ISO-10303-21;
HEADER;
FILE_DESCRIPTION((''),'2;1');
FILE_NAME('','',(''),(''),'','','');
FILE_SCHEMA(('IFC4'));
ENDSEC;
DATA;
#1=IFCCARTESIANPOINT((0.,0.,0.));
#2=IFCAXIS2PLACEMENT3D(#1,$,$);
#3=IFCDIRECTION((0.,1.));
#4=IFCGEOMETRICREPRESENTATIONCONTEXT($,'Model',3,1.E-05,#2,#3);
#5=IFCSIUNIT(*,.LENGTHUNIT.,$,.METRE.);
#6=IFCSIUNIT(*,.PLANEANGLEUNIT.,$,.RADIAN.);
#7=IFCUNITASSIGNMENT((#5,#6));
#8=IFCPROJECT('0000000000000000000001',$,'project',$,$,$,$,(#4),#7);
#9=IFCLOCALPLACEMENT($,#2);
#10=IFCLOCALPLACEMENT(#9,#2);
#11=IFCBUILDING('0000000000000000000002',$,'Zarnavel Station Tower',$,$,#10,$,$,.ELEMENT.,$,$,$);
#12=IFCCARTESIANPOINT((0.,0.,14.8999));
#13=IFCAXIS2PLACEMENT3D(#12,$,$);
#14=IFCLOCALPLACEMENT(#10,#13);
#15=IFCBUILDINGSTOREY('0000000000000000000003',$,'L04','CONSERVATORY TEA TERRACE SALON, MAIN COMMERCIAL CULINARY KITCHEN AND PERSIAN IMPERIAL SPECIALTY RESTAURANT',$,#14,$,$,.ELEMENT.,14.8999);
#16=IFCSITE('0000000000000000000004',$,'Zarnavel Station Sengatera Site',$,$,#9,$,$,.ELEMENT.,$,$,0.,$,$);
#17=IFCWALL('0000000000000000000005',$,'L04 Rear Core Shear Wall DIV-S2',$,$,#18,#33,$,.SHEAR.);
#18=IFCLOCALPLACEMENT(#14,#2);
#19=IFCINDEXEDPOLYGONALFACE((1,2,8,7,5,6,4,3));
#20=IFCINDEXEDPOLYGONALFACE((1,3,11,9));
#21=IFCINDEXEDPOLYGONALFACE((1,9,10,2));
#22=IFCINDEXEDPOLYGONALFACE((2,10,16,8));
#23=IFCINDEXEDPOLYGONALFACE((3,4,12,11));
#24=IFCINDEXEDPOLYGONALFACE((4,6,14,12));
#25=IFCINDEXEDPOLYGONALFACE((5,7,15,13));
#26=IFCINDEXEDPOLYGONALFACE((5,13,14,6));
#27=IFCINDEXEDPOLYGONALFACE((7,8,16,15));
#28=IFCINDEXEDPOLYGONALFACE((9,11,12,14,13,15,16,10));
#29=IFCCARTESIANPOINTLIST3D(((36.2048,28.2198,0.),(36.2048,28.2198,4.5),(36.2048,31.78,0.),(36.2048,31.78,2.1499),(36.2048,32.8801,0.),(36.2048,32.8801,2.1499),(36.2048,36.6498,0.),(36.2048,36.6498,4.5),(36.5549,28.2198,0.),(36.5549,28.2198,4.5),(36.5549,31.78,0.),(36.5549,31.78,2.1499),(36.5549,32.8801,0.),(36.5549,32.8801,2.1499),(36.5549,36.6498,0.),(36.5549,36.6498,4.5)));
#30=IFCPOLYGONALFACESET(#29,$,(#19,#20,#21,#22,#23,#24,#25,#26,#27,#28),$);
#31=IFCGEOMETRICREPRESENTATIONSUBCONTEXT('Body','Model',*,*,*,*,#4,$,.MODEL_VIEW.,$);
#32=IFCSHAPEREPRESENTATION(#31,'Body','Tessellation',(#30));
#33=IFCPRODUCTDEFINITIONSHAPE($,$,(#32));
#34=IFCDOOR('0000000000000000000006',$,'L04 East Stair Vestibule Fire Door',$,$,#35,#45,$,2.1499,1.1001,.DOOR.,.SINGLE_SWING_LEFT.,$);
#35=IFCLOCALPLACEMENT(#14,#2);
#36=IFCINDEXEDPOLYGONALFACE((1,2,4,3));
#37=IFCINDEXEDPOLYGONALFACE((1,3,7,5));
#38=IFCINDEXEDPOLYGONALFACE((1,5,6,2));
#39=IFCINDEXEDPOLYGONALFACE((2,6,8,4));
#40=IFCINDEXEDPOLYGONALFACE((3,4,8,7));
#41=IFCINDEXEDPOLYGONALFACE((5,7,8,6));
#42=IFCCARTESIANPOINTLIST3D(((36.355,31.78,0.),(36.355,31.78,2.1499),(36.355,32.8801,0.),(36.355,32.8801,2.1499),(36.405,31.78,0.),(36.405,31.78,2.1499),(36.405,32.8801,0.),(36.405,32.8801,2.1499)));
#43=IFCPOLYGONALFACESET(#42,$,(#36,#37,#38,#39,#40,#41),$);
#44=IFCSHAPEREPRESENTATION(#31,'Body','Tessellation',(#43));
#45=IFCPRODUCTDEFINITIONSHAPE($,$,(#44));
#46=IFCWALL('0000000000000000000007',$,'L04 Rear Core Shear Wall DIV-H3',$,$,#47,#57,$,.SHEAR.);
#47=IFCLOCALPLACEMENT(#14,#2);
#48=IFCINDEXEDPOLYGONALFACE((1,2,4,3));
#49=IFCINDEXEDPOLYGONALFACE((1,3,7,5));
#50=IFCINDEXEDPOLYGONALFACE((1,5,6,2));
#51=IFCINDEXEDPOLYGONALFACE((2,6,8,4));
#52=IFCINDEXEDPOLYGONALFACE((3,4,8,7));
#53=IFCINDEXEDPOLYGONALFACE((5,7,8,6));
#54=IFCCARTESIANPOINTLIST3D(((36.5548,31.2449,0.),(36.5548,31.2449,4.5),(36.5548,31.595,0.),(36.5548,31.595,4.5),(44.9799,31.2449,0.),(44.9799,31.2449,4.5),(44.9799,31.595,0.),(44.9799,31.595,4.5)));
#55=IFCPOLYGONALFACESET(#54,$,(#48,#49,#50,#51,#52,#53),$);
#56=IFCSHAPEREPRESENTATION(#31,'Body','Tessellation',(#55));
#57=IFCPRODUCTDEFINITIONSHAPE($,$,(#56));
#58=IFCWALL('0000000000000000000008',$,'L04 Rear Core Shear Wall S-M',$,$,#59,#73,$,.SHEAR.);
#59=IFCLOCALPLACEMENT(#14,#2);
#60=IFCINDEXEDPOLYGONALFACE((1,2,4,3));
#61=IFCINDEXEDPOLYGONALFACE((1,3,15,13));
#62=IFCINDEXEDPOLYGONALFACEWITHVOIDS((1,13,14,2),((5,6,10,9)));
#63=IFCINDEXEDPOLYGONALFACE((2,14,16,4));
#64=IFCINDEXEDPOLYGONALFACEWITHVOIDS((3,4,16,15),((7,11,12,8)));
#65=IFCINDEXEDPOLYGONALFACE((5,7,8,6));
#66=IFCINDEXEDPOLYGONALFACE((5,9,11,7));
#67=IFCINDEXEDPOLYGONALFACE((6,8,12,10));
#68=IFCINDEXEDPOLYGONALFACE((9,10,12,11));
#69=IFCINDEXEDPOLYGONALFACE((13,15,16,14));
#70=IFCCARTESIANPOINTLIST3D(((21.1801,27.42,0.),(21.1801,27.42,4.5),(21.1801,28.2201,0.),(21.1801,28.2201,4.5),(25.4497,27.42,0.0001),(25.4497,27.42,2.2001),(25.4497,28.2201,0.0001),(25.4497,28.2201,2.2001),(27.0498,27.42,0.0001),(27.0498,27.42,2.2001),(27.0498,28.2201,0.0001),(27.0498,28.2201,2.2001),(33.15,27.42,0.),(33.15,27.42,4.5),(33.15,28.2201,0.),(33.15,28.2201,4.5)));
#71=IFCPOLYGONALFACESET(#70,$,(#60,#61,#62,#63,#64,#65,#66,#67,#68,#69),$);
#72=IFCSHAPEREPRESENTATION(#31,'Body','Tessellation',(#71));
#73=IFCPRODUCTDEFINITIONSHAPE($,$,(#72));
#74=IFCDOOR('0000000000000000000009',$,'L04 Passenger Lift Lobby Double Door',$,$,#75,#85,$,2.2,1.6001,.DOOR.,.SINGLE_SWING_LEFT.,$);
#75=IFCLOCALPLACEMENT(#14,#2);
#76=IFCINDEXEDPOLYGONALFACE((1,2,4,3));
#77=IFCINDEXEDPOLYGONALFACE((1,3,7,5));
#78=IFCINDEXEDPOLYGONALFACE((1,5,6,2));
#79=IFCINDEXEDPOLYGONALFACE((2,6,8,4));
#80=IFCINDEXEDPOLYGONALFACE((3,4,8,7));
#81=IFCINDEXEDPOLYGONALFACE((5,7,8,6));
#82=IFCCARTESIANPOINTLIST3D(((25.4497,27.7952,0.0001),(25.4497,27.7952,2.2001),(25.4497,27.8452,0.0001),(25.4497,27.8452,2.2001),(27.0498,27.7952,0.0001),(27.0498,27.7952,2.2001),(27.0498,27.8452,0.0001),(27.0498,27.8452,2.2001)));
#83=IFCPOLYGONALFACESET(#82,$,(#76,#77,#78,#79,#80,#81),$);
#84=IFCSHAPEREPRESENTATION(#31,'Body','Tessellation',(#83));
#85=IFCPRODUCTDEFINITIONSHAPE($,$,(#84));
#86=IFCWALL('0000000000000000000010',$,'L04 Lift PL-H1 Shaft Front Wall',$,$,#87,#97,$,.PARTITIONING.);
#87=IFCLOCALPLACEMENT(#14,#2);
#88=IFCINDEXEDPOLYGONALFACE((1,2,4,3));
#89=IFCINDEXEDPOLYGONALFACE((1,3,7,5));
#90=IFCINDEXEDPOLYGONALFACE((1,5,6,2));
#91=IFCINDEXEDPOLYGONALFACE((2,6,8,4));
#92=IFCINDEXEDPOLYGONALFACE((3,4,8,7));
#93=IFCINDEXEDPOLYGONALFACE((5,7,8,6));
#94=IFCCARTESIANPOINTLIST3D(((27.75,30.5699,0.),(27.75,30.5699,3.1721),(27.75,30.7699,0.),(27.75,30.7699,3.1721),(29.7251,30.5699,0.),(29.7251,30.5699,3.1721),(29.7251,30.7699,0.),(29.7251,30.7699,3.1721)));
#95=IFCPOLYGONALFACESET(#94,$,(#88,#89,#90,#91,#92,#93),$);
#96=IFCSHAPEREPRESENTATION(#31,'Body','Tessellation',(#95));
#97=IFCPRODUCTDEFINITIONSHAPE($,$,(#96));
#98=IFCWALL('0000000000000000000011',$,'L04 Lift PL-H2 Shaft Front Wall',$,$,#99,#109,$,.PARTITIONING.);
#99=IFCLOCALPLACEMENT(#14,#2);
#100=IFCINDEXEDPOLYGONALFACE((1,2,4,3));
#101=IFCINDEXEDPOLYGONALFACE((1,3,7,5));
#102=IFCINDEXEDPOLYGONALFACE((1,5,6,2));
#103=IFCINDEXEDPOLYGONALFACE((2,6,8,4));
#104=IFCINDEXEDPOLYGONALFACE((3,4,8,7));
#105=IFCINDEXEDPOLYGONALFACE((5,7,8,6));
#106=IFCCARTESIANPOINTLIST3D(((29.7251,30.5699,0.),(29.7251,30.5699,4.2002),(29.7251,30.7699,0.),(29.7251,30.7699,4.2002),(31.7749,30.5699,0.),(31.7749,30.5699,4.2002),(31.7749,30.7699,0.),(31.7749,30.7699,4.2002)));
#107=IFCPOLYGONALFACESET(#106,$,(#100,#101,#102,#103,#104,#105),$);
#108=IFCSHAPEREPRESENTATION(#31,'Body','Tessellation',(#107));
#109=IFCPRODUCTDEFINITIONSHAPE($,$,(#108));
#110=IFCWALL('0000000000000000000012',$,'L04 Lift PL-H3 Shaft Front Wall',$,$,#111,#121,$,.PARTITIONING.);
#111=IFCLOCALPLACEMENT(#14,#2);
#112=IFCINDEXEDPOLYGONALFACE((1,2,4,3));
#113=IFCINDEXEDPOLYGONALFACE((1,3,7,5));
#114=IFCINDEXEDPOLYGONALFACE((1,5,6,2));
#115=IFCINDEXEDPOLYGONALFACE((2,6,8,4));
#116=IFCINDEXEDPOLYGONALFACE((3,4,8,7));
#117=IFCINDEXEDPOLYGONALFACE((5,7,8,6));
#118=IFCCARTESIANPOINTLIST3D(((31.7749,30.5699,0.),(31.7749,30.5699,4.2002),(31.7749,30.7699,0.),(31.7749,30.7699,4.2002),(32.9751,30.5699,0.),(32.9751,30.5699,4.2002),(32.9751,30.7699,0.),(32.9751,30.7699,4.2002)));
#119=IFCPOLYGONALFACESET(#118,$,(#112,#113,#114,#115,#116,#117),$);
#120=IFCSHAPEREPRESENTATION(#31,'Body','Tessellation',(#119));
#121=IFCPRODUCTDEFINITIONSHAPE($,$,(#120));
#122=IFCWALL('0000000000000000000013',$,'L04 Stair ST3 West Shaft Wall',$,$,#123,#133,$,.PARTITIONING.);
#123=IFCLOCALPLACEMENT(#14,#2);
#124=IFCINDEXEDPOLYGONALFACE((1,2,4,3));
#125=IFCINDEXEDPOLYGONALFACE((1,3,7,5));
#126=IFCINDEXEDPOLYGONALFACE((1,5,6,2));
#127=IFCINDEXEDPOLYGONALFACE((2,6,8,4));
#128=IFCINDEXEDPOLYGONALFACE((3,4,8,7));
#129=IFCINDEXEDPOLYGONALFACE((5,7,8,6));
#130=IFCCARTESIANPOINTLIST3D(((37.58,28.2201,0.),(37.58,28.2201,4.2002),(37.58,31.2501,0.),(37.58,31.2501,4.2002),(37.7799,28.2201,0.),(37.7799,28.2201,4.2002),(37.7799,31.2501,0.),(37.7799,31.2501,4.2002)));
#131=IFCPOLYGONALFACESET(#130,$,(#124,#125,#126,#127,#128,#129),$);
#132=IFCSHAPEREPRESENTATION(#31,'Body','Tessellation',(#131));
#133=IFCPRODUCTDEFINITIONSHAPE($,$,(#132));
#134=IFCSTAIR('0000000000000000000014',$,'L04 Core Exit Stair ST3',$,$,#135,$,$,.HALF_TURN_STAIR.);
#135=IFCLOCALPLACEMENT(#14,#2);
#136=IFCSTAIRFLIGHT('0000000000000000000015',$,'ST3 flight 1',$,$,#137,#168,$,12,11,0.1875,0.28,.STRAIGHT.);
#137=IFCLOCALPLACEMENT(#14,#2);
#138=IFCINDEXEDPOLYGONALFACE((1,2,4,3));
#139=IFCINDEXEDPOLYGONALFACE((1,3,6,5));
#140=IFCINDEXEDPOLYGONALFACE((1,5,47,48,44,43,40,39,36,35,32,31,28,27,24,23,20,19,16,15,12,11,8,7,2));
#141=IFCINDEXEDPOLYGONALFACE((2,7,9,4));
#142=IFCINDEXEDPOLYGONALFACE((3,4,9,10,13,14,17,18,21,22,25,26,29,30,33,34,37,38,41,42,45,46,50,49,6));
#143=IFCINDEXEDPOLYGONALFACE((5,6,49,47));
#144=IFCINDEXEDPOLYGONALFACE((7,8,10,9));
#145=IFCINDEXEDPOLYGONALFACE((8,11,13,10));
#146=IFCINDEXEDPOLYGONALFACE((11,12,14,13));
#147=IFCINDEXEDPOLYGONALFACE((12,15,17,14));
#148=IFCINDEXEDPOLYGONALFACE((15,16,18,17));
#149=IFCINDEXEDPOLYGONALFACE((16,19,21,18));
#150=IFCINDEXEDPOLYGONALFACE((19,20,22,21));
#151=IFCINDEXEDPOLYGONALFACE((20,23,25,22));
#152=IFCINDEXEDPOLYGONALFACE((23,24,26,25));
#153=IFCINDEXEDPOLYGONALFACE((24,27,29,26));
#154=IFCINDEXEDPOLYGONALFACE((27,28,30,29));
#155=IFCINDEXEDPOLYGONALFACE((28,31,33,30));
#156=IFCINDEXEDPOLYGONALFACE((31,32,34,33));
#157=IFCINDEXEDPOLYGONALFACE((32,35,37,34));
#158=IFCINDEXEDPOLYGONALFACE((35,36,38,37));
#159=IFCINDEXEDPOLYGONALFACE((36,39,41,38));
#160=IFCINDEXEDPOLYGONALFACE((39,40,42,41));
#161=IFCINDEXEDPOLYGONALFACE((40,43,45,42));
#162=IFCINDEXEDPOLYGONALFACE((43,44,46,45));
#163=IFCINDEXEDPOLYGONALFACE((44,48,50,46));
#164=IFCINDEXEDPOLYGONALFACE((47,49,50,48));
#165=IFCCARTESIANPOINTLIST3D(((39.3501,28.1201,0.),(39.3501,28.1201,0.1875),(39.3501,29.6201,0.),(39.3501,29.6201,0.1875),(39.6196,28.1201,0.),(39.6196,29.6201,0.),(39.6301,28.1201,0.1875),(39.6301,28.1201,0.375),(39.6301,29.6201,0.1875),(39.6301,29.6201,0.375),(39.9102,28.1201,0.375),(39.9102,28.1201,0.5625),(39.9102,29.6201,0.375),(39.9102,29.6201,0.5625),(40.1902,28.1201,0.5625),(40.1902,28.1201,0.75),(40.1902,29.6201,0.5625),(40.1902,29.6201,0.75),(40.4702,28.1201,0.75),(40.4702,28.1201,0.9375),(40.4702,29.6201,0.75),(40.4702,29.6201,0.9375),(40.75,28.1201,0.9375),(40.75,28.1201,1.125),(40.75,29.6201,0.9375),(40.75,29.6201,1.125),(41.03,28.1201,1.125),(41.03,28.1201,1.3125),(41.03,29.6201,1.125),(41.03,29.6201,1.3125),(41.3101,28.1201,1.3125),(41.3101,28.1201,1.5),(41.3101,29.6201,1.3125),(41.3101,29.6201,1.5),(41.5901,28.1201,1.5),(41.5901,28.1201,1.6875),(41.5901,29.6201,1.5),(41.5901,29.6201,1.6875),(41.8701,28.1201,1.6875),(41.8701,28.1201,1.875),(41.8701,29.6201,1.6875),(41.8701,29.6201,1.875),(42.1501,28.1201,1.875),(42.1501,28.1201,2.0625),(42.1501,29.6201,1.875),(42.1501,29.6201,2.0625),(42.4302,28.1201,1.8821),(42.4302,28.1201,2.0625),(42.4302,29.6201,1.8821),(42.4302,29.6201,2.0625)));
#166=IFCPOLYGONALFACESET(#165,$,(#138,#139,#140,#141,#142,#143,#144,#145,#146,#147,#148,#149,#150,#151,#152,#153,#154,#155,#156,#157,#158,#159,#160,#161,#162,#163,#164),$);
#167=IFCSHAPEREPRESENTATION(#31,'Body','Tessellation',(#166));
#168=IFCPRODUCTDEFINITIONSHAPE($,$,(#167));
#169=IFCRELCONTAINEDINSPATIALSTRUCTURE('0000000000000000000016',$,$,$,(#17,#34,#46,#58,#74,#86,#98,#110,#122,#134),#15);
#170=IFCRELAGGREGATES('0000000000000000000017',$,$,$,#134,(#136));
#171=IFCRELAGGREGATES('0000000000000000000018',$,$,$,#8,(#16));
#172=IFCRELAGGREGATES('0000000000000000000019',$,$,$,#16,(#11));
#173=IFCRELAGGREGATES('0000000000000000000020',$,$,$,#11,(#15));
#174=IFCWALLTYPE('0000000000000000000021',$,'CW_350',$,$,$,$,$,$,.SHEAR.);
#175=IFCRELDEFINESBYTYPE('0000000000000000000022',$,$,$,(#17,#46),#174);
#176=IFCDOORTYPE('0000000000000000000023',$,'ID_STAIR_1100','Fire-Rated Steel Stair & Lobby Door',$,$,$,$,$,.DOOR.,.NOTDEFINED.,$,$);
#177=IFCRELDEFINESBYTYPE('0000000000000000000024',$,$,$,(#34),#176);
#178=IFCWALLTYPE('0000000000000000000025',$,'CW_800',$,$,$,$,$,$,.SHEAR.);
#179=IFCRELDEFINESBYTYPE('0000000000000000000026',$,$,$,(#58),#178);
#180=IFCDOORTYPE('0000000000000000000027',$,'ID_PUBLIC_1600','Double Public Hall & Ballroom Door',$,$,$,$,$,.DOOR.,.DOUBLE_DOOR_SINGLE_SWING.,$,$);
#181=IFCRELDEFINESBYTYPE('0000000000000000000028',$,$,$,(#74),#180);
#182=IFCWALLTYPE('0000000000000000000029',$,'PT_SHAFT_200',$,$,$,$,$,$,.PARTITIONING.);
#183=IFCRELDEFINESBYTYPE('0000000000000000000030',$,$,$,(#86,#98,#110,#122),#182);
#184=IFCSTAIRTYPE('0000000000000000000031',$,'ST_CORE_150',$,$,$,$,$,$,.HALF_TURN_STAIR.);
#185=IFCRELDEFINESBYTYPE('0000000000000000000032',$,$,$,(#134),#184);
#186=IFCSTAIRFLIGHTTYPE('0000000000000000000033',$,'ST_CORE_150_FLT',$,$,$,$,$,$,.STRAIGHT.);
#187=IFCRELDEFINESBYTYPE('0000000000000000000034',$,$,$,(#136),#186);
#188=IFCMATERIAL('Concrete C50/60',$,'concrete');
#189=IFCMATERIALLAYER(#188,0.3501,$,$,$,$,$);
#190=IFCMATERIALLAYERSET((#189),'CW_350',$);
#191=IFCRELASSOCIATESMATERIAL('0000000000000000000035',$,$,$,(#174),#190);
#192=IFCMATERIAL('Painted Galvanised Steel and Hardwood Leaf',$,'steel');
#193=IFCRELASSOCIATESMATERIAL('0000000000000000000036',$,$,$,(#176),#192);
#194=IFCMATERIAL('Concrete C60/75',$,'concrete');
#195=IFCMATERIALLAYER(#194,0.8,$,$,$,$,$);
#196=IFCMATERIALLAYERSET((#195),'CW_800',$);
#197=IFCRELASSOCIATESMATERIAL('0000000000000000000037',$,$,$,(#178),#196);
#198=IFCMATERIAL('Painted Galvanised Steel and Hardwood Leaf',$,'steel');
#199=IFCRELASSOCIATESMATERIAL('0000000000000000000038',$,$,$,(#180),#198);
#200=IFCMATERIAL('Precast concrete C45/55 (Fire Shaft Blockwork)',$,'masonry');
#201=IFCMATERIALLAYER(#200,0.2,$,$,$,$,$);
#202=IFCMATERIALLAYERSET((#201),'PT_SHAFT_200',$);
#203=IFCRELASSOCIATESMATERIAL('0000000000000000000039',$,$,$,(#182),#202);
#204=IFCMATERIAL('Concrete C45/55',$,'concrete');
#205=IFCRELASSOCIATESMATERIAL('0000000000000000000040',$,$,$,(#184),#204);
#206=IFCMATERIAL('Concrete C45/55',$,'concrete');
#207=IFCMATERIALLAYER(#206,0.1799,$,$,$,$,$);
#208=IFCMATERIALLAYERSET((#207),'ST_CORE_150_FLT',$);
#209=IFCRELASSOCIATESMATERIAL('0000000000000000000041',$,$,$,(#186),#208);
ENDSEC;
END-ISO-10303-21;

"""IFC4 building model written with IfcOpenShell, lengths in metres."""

from ifc_helpers import new_model, si_unit, direction, frame, frame_2d, origin, place, context, subcontext, project, spatial, polyline, rectangle, outline, extrude, material, layer, layer_set, type_object, element, fill, aggregate, save


model = new_model("IFC4")

# Units and contexts
model_context = context("Model", 3, precision=1e-05, world=origin(), true_north=direction((0.0, 1.0)))
body_context = subcontext(model_context, "Body", "Model", "MODEL_VIEW")
ifc_project = project(units=[si_unit("LENGTHUNIT", "METRE"), si_unit("PLANEANGLEUNIT", "RADIAN")], contexts=[model_context])

# Site, building, storey
site_placement = place(None, origin())
site = spatial("IfcSite", under=ifc_project, at=site_placement, Name="Zarnavel Station Sengatera Site", CompositionType="ELEMENT", RefElevation=0.0)
building_placement = place(site_placement, origin())
building = spatial("IfcBuilding", under=site, at=building_placement, Name="Zarnavel Station Tower", CompositionType="ELEMENT")
storey_placement = place(building_placement, frame((0.0, 0.0, 14.8999)))
storey = spatial("IfcBuildingStorey", under=building, at=storey_placement, Name="L04", Description="CONSERVATORY TEA TERRACE SALON, MAIN COMMERCIAL CULINARY KITCHEN AND PERSIAN IMPERIAL SPECIALTY RESTAURANT", CompositionType="ELEMENT", Elevation=14.8999)

# Shared definitions
ifc_material_1 = material(Name="Concrete C50/60", Category="concrete")
ifc_layer_1 = layer(ifc_material_1, 0.3501)
ifc_layer_set_1 = layer_set([ifc_layer_1], Name="CW_350")
wall_type_1 = type_object("IfcWallType", Name="CW_350", PredefinedType="SHEAR", material=ifc_layer_set_1)

# Wall, opening, door
wall_1_placement = place(storey_placement, frame((36.3799, 28.22, 0.0), z_axis=(0.0, 0.0, 1.0), x_axis=(0.0, 1.0, 0.0)))
wall_1 = element("IfcWall", 1, at=wall_1_placement, inside=storey, type_object=wall_type_1, Name="L04 Rear Core Shear Wall DIV-S2", PredefinedType="SHEAR", context=body_context, shape_type="SweptSolid", body=[
    extrude(rectangle(XDim=8.4299, YDim=0.3501, at=frame_2d((4.2148, 0.0))), origin(), (0.0, 0.0, 1.0), 4.5),
])
opening_1_placement = place(wall_1_placement, frame((3.5601, 0.0, 0.0)))
opening_1 = element("IfcOpeningElement", 2, at=opening_1_placement, cuts=wall_1, PredefinedType="OPENING", context=body_context, shape_type="SweptSolid", body=[
    extrude(rectangle(XDim=1.1001, YDim=2.1499, at=frame_2d((0.55, 1.075))), frame((0.0, 0.1851, 0.0), z_axis=(0.0, -1.0, 0.0), x_axis=(1.0, 0.0, 0.0)), (0.0, 0.0, 1.0), 0.3701),
])
ifc_material_2 = material(Name="Painted Galvanised Steel and Hardwood Leaf", Category="steel")
door_type_1 = type_object("IfcDoorType", Name="ID_STAIR_1100", Description="Fire-Rated Steel Stair & Lobby Door", OperationType="NOTDEFINED", PredefinedType="DOOR", material=ifc_material_2)
door_1_placement = place(opening_1_placement, origin())
door_1 = element("IfcDoor", 3, at=door_1_placement, inside=storey, type_object=door_type_1, Name="L04 East Stair Vestibule Fire Door", OperationType="SINGLE_SWING_LEFT", OverallHeight=2.1499, OverallWidth=1.1001, PredefinedType="DOOR", context=body_context, shape_type="SweptSolid", body=[
    extrude(rectangle(XDim=1.1001, YDim=2.1499, at=frame_2d((0.55, 1.075))), frame((0.0, 0.0249, 0.0), z_axis=(0.0, -1.0, 0.0), x_axis=(1.0, 0.0, 0.0)), (0.0, 0.0, 1.0), 0.05),
])
fill(opening_1, door_1)

# Wall
wall_2_placement = place(storey_placement, frame((36.5549, 31.4199, 0.0), z_axis=(0.0, 0.0, 1.0), x_axis=(1.0, 0.0, 0.0)))
element("IfcWall", 4, at=wall_2_placement, inside=storey, type_object=wall_type_1, Name="L04 Rear Core Shear Wall DIV-H3", PredefinedType="SHEAR", context=body_context, shape_type="SweptSolid", body=[
    extrude(rectangle(XDim=8.425, YDim=0.3501, at=frame_2d((4.2124, 0.0))), origin(), (0.0, 0.0, 1.0), 4.5),
])

# Wall, opening, door
ifc_material_3 = material(Name="Concrete C60/75", Category="concrete")
ifc_layer_2 = layer(ifc_material_3, 0.8)
ifc_layer_set_2 = layer_set([ifc_layer_2], Name="CW_800")
wall_type_2 = type_object("IfcWallType", Name="CW_800", PredefinedType="SHEAR", material=ifc_layer_set_2)
wall_3_placement = place(storey_placement, frame((33.1499, 27.8201, 0.0), z_axis=(0.0, 0.0, 1.0), x_axis=(-1.0, 0.0, 0.0)))
wall_3 = element("IfcWall", 5, at=wall_3_placement, inside=storey, type_object=wall_type_2, Name="L04 Rear Core Shear Wall S-M", PredefinedType="SHEAR", context=body_context, shape_type="SweptSolid", body=[
    extrude(rectangle(XDim=11.97, YDim=0.8, at=frame_2d((5.9849, 0.0))), origin(), (0.0, 0.0, 1.0), 4.5),
])
opening_2_placement = place(wall_3_placement, frame((6.1001, 0.0, 0.0)))
opening_2 = element("IfcOpeningElement", 6, at=opening_2_placement, cuts=wall_3, PredefinedType="OPENING", context=body_context, shape_type="SweptSolid", body=[
    extrude(rectangle(XDim=1.6001, YDim=2.2, at=frame_2d((0.8, 1.1001))), frame((0.0, 0.4099, 0.0), z_axis=(0.0, -1.0, 0.0), x_axis=(1.0, 0.0, 0.0)), (0.0, 0.0, 1.0), 0.8201),
])
ifc_material_4 = material(Name="Painted Galvanised Steel and Hardwood Leaf", Category="steel")
door_type_2 = type_object("IfcDoorType", Name="ID_PUBLIC_1600", Description="Double Public Hall & Ballroom Door", OperationType="DOUBLE_DOOR_SINGLE_SWING", PredefinedType="DOOR", material=ifc_material_4)
door_2_placement = place(opening_2_placement, origin())
door_2 = element("IfcDoor", 7, at=door_2_placement, inside=storey, type_object=door_type_2, Name="L04 Passenger Lift Lobby Double Door", OperationType="SINGLE_SWING_LEFT", OverallHeight=2.2, OverallWidth=1.6001, PredefinedType="DOOR", context=body_context, shape_type="SweptSolid", body=[
    extrude(rectangle(XDim=1.6001, YDim=2.2, at=frame_2d((0.8, 1.1001))), frame((0.0, 0.0249, 0.0), z_axis=(0.0, -1.0, 0.0), x_axis=(1.0, 0.0, 0.0)), (0.0, 0.0, 1.0), 0.05),
])
fill(opening_2, door_2)

# Walls
ifc_material_5 = material(Name="Precast concrete C45/55 (Fire Shaft Blockwork)", Category="masonry")
ifc_layer_3 = layer(ifc_material_5, 0.2)
ifc_layer_set_3 = layer_set([ifc_layer_3], Name="PT_SHAFT_200")
wall_type_3 = type_object("IfcWallType", Name="PT_SHAFT_200", PredefinedType="PARTITIONING", material=ifc_layer_set_3)
wall_4_placement = place(storey_placement, frame((27.75, 30.6699, 0.0), z_axis=(0.0, 0.0, 1.0), x_axis=(1.0, 0.0, 0.0)))
element("IfcWall", 8, at=wall_4_placement, inside=storey, type_object=wall_type_3, Name="L04 Lift PL-H1 Shaft Front Wall", PredefinedType="PARTITIONING", context=body_context, shape_type="SweptSolid", body=[
    extrude(rectangle(XDim=1.9751, YDim=0.2, at=frame_2d((0.9875, 0.0))), origin(), (0.0, 0.0, 1.0), 3.1721),
])
wall_5_placement = place(storey_placement, frame((29.7251, 30.6699, 0.0), z_axis=(0.0, 0.0, 1.0), x_axis=(1.0, 0.0, 0.0)))
element("IfcWall", 9, at=wall_5_placement, inside=storey, type_object=wall_type_3, Name="L04 Lift PL-H2 Shaft Front Wall", PredefinedType="PARTITIONING", context=body_context, shape_type="SweptSolid", body=[
    extrude(rectangle(XDim=2.0498, YDim=0.2, at=frame_2d((1.0249, 0.0))), origin(), (0.0, 0.0, 1.0), 4.2002),
])
wall_6_placement = place(storey_placement, frame((31.7749, 30.6699, 0.0), z_axis=(0.0, 0.0, 1.0), x_axis=(1.0, 0.0, 0.0)))
element("IfcWall", 10, at=wall_6_placement, inside=storey, type_object=wall_type_3, Name="L04 Lift PL-H3 Shaft Front Wall", PredefinedType="PARTITIONING", context=body_context, shape_type="SweptSolid", body=[
    extrude(rectangle(XDim=1.2002, YDim=0.2, at=frame_2d((0.6001, 0.0))), origin(), (0.0, 0.0, 1.0), 4.2002),
])
wall_7_placement = place(storey_placement, frame((37.6799, 28.22, 0.0), z_axis=(0.0, 0.0, 1.0), x_axis=(0.0, 1.0, 0.0)))
element("IfcWall", 11, at=wall_7_placement, inside=storey, type_object=wall_type_3, Name="L04 Stair ST3 West Shaft Wall", PredefinedType="PARTITIONING", context=body_context, shape_type="SweptSolid", body=[
    extrude(rectangle(XDim=3.03, YDim=0.2, at=frame_2d((1.5151, 0.0))), origin(), (0.0, 0.0, 1.0), 4.2002),
])

# Stair, stair flight
ifc_material_6 = material(Name="Concrete C45/55", Category="concrete")
stair_type = type_object("IfcStairType", Name="ST_CORE_150", PredefinedType="HALF_TURN_STAIR", material=ifc_material_6)
stair_placement = place(storey_placement, origin())
stair = element("IfcStair", 12, at=stair_placement, inside=storey, type_object=stair_type, Name="L04 Core Exit Stair ST3", PredefinedType="HALF_TURN_STAIR")
ifc_material_7 = material(Name="Concrete C45/55", Category="concrete")
ifc_layer_4 = layer(ifc_material_7, 0.1799)
ifc_layer_set_4 = layer_set([ifc_layer_4], Name="ST_CORE_150_FLT")
stair_flight_type = type_object("IfcStairFlightType", Name="ST_CORE_150_FLT", PredefinedType="STRAIGHT", material=ifc_layer_set_4)
stair_flight_1_placement = place(storey_placement, frame((39.3501, 28.8701, 0.0), z_axis=(0.0, 0.0, 1.0), x_axis=(1.0, 0.0, 0.0)))
stair_flight_1 = element("IfcStairFlight", 13, at=stair_flight_1_placement, type_object=stair_flight_type, Name="ST3 flight 1", NumberOfRisers=12, NumberOfTreads=11, PredefinedType="STRAIGHT", RiserHeight=0.1875, TreadLength=0.28, context=body_context, shape_type="SweptSolid", body=[
    extrude(outline(polyline([(0.0, 0.0), (0.0, 0.1875), (0.28, 0.1875), (0.28, 0.375), (0.5601, 0.375), (0.5601, 0.5625), (0.8401, 0.5625), (0.8401, 0.75), (1.1201, 0.75), (1.1201, 0.9375), (1.3999, 0.9375), (1.3999, 1.125), (1.6799, 1.125), (1.6799, 1.3125), (1.96, 1.3125), (1.96, 1.5), (2.24, 1.5), (2.24, 1.6875), (2.52, 1.6875), (2.52, 1.875), (2.8, 1.875), (2.8, 2.0625), (3.0801, 2.0625), (3.0801, 2.25), (3.0801, 1.8821), (0.2695, 0.0), (0.0, 0.0)])), frame((0.0, 0.75, 0.0), z_axis=(0.0, -1.0, 0.0), x_axis=(1.0, 0.0, 0.0)), (0.0, 0.0, 1.0), 1.5),
])
aggregate(stair, [stair_flight_1])

save(model, "model.ifc")
